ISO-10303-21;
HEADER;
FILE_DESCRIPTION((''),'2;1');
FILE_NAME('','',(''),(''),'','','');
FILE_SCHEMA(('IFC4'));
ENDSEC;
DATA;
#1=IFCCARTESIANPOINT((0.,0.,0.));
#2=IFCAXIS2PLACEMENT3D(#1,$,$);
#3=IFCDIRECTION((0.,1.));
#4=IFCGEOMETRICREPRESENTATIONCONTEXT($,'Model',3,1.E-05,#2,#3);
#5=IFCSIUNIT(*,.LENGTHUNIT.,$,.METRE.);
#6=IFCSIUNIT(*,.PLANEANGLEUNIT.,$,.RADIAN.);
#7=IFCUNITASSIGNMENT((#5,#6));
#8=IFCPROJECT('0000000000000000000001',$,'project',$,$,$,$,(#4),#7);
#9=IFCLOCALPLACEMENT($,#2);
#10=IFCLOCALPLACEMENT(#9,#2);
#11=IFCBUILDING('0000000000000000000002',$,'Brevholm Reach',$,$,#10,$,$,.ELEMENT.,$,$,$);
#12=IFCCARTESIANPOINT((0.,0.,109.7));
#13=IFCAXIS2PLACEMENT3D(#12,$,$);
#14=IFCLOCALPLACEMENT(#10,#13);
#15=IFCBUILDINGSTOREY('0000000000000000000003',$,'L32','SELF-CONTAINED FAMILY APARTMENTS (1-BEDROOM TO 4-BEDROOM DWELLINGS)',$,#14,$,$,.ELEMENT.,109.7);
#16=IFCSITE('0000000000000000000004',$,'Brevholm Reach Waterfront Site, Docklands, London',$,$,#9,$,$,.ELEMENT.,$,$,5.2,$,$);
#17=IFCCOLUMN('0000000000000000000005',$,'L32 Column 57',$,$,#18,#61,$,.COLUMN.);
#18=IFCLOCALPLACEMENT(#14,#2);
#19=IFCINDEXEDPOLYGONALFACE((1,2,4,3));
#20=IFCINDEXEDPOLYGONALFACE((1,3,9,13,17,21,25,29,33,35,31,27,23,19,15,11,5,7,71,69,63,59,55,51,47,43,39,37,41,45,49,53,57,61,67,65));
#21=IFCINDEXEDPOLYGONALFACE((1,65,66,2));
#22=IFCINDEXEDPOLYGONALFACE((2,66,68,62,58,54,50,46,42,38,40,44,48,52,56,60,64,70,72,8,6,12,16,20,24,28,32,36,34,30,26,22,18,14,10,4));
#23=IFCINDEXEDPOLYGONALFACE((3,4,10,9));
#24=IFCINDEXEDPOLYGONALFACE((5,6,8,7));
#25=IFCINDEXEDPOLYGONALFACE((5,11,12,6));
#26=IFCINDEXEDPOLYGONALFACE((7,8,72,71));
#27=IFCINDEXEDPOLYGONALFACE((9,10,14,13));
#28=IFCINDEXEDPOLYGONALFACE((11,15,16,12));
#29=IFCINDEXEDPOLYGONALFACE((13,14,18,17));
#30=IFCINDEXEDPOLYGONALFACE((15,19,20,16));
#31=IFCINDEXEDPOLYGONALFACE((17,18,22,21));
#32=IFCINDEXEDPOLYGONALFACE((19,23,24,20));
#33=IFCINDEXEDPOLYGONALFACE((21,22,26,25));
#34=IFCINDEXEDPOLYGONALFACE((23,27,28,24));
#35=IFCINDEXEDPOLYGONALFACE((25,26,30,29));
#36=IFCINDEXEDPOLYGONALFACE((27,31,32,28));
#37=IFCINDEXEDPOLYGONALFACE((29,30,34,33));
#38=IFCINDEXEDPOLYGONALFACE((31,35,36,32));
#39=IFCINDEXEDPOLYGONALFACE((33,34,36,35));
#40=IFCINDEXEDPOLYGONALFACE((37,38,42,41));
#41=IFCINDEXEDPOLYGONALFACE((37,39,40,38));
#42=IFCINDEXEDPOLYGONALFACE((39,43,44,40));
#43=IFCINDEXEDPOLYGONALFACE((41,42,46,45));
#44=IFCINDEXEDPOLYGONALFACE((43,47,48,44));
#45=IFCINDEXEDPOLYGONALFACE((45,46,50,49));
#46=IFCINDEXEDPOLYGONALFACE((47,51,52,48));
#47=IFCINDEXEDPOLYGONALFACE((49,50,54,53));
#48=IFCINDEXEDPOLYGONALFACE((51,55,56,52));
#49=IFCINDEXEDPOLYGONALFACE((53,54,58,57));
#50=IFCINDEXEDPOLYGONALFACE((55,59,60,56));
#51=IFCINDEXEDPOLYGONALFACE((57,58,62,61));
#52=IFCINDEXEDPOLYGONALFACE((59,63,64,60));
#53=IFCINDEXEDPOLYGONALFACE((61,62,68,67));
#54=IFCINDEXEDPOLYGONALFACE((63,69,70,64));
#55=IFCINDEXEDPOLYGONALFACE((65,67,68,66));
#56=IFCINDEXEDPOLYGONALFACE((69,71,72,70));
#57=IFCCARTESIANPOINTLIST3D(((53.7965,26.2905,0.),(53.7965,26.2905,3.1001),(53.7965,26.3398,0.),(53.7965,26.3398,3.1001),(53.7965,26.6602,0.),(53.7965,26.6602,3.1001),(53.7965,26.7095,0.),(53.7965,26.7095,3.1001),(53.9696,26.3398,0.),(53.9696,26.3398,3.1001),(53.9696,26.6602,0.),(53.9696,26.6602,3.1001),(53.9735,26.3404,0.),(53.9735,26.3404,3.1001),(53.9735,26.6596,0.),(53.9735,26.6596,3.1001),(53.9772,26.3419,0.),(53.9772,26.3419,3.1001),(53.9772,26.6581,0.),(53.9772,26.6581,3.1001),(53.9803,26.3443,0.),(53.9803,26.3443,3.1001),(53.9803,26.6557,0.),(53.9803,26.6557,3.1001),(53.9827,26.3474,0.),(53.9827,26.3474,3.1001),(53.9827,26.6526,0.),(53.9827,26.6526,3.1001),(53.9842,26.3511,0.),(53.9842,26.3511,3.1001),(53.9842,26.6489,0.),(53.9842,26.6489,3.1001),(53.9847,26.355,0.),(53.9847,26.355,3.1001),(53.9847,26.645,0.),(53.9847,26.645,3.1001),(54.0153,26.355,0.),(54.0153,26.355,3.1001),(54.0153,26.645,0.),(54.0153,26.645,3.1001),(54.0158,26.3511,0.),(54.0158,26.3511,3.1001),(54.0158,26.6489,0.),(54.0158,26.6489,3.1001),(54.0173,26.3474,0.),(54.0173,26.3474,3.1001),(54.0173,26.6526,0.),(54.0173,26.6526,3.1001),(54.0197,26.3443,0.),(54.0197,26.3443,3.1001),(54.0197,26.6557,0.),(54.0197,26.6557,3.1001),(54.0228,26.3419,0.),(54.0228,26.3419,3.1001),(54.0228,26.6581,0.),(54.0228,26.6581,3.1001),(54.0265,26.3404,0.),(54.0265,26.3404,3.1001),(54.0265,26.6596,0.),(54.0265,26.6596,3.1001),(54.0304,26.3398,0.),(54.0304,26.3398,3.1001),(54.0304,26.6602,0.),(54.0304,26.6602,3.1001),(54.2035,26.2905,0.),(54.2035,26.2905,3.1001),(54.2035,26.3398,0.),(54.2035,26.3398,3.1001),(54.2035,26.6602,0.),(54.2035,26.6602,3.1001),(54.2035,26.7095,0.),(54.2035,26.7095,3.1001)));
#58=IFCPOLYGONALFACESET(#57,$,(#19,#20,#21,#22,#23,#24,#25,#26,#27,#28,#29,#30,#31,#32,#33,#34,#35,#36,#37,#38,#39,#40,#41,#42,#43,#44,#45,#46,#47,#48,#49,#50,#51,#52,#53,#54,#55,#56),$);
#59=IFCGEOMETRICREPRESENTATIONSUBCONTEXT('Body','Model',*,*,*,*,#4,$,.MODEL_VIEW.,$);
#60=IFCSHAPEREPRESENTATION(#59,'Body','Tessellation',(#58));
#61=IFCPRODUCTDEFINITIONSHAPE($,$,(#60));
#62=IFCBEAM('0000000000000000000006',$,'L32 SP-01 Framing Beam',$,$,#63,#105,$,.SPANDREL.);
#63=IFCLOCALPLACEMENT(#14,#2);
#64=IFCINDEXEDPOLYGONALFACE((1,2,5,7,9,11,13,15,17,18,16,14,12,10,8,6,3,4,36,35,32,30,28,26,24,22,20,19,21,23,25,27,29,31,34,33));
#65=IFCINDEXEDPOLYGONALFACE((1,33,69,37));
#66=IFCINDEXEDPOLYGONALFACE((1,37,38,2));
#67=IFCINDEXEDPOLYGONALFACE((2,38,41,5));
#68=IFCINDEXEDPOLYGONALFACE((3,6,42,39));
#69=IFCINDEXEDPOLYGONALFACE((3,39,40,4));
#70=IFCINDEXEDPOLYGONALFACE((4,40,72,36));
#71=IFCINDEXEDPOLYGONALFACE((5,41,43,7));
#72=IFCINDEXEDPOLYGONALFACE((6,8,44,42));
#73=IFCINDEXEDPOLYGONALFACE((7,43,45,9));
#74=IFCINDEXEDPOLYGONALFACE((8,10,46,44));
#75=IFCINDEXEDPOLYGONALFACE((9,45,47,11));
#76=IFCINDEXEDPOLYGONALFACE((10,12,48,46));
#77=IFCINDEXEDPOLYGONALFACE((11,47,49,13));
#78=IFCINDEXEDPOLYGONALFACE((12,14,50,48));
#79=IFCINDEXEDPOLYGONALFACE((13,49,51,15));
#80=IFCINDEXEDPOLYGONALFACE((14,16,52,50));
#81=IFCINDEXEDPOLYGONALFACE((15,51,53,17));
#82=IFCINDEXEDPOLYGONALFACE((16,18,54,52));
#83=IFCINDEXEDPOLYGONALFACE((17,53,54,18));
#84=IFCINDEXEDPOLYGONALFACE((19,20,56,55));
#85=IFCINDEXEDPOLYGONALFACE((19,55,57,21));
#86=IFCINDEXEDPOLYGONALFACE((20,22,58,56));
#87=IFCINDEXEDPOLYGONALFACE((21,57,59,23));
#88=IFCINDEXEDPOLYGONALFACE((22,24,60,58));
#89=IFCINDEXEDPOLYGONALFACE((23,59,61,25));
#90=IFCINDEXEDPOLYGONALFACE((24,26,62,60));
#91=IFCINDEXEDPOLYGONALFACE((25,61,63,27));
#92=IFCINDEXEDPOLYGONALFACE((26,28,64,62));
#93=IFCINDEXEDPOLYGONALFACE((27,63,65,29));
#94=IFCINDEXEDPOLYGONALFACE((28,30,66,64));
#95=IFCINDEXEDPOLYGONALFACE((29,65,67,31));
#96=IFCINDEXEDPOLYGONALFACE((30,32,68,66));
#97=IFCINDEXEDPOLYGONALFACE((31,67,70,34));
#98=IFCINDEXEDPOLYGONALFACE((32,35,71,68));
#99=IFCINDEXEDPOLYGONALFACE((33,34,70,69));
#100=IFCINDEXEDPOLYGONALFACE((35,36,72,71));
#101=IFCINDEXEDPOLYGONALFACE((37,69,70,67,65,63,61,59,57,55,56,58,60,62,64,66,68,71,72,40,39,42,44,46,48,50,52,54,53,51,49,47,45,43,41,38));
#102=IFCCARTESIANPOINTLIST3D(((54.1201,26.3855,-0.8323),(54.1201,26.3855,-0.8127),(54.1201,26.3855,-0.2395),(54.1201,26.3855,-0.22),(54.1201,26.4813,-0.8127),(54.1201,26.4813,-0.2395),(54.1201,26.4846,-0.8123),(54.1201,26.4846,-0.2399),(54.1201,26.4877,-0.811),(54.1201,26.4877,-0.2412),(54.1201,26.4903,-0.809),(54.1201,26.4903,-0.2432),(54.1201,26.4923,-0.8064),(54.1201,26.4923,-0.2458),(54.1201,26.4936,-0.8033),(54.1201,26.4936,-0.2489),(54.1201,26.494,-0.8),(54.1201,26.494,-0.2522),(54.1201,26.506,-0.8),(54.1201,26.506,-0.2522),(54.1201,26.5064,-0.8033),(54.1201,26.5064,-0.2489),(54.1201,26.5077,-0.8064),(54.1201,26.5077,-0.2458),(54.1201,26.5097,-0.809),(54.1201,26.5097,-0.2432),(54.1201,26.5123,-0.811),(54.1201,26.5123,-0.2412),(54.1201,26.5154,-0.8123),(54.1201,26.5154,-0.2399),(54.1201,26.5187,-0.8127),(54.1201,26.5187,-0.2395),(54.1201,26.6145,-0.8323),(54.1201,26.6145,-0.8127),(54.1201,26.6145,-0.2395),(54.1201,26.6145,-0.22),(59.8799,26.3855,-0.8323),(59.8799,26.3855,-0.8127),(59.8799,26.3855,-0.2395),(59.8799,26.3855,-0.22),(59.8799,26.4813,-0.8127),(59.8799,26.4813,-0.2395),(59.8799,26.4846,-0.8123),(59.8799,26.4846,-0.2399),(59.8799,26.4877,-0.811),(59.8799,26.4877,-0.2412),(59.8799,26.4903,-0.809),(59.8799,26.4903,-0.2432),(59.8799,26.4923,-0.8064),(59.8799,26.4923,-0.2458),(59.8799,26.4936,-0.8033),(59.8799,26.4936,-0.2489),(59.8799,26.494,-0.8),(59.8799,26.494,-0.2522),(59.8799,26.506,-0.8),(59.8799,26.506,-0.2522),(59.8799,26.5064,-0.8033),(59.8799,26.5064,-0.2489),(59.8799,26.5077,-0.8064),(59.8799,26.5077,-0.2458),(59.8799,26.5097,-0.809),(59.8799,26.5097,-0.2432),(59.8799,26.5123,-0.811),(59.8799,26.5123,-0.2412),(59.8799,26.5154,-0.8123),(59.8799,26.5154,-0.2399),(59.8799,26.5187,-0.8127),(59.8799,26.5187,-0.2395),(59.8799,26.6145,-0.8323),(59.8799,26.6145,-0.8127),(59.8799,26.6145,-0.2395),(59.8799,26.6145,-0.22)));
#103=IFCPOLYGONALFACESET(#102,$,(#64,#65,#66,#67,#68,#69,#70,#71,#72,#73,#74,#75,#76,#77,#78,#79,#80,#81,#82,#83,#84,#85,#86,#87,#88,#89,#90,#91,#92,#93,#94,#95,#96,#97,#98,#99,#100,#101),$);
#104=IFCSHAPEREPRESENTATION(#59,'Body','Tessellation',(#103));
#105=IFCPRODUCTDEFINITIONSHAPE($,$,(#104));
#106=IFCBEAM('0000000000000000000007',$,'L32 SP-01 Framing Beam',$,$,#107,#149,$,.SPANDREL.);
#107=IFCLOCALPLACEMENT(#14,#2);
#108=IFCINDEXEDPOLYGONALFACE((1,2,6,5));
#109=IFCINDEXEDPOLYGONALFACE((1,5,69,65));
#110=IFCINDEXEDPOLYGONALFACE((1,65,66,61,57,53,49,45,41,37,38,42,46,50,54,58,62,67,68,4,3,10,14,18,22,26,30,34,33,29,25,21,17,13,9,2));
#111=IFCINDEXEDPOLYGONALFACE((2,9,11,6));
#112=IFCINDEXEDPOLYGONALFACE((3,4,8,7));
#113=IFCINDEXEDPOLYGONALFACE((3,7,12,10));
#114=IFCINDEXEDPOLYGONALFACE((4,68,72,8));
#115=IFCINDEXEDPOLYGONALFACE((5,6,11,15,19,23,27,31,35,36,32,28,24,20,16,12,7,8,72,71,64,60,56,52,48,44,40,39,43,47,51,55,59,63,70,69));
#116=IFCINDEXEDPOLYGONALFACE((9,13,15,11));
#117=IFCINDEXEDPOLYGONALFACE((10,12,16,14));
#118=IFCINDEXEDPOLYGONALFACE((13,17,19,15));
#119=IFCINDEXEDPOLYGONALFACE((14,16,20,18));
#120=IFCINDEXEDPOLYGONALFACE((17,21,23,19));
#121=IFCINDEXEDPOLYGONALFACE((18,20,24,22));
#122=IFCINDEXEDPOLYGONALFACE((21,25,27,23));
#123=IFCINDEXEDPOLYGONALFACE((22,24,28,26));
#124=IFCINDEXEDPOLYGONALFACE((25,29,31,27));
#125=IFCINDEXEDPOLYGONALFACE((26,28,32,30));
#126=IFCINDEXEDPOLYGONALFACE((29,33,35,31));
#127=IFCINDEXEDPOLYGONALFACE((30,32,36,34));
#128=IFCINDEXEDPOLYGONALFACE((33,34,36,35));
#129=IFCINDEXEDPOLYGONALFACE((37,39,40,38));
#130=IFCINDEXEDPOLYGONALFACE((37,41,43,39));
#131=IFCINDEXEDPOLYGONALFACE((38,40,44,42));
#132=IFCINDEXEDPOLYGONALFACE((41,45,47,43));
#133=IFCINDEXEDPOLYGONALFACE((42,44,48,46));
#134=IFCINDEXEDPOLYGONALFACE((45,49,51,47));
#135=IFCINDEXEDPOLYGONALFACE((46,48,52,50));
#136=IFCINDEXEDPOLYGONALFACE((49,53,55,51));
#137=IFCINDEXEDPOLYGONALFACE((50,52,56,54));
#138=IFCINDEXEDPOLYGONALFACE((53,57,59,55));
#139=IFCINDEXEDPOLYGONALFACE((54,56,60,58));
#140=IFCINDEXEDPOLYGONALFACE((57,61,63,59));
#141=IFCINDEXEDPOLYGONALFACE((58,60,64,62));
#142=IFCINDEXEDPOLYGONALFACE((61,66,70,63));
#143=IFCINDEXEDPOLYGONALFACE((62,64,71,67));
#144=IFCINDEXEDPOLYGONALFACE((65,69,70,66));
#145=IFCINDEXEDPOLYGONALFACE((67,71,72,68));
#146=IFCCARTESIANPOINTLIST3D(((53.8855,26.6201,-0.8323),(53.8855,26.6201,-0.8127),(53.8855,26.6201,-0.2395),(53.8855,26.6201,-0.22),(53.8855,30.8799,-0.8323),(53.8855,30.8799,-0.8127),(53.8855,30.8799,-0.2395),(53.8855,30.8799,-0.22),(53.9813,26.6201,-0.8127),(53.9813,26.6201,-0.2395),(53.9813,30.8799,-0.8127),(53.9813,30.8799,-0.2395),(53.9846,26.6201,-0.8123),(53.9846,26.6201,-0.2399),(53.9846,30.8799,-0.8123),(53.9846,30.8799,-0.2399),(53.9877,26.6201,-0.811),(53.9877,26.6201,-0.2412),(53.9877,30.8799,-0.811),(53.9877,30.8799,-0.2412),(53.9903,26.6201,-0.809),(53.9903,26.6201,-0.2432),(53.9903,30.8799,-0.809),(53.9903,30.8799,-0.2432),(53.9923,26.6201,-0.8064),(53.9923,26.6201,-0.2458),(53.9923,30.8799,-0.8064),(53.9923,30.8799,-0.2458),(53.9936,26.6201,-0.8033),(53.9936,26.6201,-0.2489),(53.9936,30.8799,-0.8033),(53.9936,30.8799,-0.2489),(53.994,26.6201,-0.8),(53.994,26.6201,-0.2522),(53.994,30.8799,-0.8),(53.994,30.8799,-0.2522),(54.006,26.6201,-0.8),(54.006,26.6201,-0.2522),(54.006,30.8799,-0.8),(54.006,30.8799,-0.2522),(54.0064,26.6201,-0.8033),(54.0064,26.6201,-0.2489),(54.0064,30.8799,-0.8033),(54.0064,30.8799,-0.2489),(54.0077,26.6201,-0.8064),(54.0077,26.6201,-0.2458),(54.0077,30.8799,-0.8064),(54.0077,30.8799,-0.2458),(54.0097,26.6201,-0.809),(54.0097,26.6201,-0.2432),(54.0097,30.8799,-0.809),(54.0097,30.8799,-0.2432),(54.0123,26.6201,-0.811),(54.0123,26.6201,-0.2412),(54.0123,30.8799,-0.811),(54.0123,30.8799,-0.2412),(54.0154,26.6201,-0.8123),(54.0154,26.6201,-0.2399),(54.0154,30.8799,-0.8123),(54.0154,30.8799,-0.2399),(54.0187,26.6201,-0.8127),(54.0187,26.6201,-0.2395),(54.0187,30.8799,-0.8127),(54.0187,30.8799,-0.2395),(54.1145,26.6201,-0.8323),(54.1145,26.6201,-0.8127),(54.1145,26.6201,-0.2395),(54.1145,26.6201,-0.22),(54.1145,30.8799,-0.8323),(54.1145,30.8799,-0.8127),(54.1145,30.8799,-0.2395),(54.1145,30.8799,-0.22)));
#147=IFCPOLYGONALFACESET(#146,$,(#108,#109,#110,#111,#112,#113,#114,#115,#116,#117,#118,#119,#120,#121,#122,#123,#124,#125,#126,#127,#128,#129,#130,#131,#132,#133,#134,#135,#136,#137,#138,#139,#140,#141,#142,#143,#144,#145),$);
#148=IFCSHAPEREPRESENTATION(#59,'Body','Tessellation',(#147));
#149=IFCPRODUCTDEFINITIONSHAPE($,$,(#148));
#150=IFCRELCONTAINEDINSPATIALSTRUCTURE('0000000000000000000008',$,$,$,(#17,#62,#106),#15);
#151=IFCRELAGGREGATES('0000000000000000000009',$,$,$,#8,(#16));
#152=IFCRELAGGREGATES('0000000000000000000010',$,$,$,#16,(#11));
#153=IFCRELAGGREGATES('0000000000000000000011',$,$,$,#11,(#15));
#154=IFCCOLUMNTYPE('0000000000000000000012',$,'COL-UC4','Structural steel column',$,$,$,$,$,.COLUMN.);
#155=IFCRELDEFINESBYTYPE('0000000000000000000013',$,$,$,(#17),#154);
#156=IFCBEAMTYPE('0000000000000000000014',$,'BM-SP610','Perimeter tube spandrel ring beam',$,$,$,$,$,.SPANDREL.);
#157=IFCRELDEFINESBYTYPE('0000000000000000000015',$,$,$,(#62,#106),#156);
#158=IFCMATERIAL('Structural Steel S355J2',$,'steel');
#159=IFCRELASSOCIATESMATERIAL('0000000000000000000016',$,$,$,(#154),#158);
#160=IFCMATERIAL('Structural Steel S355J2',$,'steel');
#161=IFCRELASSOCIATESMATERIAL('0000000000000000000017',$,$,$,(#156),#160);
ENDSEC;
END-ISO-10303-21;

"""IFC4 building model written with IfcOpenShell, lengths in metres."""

from ifc_helpers import new_model, si_unit, direction, frame, origin, origin_2d, place, context, subcontext, project, spatial, i_section, extrude, material, material_profile, profile_set, type_object, element, save


model = new_model("IFC4")

# Units and contexts
model_context = context("Model", 3, precision=1e-05, world=origin(), true_north=direction((0.0, 1.0)))
body_context = subcontext(model_context, "Body", "Model", "MODEL_VIEW")
ifc_project = project(units=[si_unit("LENGTHUNIT", "METRE"), si_unit("PLANEANGLEUNIT", "RADIAN")], contexts=[model_context])

# Site, building, storey
site_placement = place(None, origin())
site = spatial("IfcSite", under=ifc_project, at=site_placement, Name="Brevholm Reach Waterfront Site, Docklands, London", CompositionType="ELEMENT", RefElevation=5.2)
building_placement = place(site_placement, origin())
building = spatial("IfcBuilding", under=site, at=building_placement, Name="Brevholm Reach", CompositionType="ELEMENT")
storey_placement = place(building_placement, frame((0.0, 0.0, 109.7)))
storey = spatial("IfcBuildingStorey", under=building, at=storey_placement, Name="L32", Description="SELF-CONTAINED FAMILY APARTMENTS (1-BEDROOM TO 4-BEDROOM DWELLINGS)", CompositionType="ELEMENT", Elevation=109.7)

# Column
ifc_material_1 = material(Name="Structural Steel S355J2", Category="steel")
ifc_material_profile_1 = material_profile(ifc_material_1, i_section(OverallWidth=0.407, OverallDepth=0.4189, WebThickness=0.0305, FlangeThickness=0.0493, FilletRadius=0.0151, at=origin_2d()), Name="UKC 356x406x393")
ifc_profile_set_1 = profile_set([ifc_material_profile_1], Name="Structural Steel S355J2")
column_type_1 = type_object("IfcColumnType", Name="COL-UC4", Description="Structural steel column", PredefinedType="COLUMN", material=ifc_profile_set_1)
column_1_placement = place(storey_placement, frame((54.0, 26.5, 0.0), z_axis=(0.0, 0.0, 1.0), x_axis=(1.0, 0.0, 0.0)))
element("IfcColumn", 1, at=column_1_placement, inside=storey, type_object=column_type_1, Name="L32 Column 57", PredefinedType="COLUMN", context=body_context, shape_type="SweptSolid", body=[
    extrude(i_section(OverallWidth=0.407, OverallDepth=0.4189, WebThickness=0.0305, FlangeThickness=0.0493, FilletRadius=0.0151, at=origin_2d()), origin(), (0.0, 0.0, 1.0), 3.1001),
])

# Beams
ifc_material_2 = material(Name="Structural Steel S355J2", Category="steel")
ifc_material_profile_2 = material_profile(ifc_material_2, i_section(OverallWidth=0.229, OverallDepth=0.6123, WebThickness=0.012, FlangeThickness=0.0195, FilletRadius=0.0127, at=origin_2d()), Name="UKB 610x229x125")
ifc_profile_set_2 = profile_set([ifc_material_profile_2], Name="Structural Steel S355J2")
beam_type = type_object("IfcBeamType", Name="BM-SP610", Description="Perimeter tube spandrel ring beam", PredefinedType="SPANDREL", material=ifc_profile_set_2)
beam_1_placement = place(storey_placement, frame((54.1201, 26.5, -0.5261), z_axis=(1.0, 0.0, 0.0), x_axis=(0.0, 1.0, 0.0)))
element("IfcBeam", 2, at=beam_1_placement, inside=storey, type_object=beam_type, Name="L32 SP-01 Framing Beam", PredefinedType="SPANDREL", context=body_context, shape_type="SweptSolid", body=[
    extrude(i_section(OverallWidth=0.229, OverallDepth=0.6123, WebThickness=0.012, FlangeThickness=0.0195, FilletRadius=0.0127, at=origin_2d()), origin(), (0.0, 0.0, 1.0), 5.7598),
])
beam_2_placement = place(storey_placement, frame((54.0, 26.6201, -0.5261), z_axis=(0.0, 1.0, 0.0), x_axis=(-1.0, 0.0, 0.0)))
element("IfcBeam", 3, at=beam_2_placement, inside=storey, type_object=beam_type, Name="L32 SP-01 Framing Beam", PredefinedType="SPANDREL", context=body_context, shape_type="SweptSolid", body=[
    extrude(i_section(OverallWidth=0.229, OverallDepth=0.6123, WebThickness=0.012, FlangeThickness=0.0195, FilletRadius=0.0127, at=origin_2d()), origin(), (0.0, 0.0, 1.0), 4.2598),
])

save(model, "model.ifc")
